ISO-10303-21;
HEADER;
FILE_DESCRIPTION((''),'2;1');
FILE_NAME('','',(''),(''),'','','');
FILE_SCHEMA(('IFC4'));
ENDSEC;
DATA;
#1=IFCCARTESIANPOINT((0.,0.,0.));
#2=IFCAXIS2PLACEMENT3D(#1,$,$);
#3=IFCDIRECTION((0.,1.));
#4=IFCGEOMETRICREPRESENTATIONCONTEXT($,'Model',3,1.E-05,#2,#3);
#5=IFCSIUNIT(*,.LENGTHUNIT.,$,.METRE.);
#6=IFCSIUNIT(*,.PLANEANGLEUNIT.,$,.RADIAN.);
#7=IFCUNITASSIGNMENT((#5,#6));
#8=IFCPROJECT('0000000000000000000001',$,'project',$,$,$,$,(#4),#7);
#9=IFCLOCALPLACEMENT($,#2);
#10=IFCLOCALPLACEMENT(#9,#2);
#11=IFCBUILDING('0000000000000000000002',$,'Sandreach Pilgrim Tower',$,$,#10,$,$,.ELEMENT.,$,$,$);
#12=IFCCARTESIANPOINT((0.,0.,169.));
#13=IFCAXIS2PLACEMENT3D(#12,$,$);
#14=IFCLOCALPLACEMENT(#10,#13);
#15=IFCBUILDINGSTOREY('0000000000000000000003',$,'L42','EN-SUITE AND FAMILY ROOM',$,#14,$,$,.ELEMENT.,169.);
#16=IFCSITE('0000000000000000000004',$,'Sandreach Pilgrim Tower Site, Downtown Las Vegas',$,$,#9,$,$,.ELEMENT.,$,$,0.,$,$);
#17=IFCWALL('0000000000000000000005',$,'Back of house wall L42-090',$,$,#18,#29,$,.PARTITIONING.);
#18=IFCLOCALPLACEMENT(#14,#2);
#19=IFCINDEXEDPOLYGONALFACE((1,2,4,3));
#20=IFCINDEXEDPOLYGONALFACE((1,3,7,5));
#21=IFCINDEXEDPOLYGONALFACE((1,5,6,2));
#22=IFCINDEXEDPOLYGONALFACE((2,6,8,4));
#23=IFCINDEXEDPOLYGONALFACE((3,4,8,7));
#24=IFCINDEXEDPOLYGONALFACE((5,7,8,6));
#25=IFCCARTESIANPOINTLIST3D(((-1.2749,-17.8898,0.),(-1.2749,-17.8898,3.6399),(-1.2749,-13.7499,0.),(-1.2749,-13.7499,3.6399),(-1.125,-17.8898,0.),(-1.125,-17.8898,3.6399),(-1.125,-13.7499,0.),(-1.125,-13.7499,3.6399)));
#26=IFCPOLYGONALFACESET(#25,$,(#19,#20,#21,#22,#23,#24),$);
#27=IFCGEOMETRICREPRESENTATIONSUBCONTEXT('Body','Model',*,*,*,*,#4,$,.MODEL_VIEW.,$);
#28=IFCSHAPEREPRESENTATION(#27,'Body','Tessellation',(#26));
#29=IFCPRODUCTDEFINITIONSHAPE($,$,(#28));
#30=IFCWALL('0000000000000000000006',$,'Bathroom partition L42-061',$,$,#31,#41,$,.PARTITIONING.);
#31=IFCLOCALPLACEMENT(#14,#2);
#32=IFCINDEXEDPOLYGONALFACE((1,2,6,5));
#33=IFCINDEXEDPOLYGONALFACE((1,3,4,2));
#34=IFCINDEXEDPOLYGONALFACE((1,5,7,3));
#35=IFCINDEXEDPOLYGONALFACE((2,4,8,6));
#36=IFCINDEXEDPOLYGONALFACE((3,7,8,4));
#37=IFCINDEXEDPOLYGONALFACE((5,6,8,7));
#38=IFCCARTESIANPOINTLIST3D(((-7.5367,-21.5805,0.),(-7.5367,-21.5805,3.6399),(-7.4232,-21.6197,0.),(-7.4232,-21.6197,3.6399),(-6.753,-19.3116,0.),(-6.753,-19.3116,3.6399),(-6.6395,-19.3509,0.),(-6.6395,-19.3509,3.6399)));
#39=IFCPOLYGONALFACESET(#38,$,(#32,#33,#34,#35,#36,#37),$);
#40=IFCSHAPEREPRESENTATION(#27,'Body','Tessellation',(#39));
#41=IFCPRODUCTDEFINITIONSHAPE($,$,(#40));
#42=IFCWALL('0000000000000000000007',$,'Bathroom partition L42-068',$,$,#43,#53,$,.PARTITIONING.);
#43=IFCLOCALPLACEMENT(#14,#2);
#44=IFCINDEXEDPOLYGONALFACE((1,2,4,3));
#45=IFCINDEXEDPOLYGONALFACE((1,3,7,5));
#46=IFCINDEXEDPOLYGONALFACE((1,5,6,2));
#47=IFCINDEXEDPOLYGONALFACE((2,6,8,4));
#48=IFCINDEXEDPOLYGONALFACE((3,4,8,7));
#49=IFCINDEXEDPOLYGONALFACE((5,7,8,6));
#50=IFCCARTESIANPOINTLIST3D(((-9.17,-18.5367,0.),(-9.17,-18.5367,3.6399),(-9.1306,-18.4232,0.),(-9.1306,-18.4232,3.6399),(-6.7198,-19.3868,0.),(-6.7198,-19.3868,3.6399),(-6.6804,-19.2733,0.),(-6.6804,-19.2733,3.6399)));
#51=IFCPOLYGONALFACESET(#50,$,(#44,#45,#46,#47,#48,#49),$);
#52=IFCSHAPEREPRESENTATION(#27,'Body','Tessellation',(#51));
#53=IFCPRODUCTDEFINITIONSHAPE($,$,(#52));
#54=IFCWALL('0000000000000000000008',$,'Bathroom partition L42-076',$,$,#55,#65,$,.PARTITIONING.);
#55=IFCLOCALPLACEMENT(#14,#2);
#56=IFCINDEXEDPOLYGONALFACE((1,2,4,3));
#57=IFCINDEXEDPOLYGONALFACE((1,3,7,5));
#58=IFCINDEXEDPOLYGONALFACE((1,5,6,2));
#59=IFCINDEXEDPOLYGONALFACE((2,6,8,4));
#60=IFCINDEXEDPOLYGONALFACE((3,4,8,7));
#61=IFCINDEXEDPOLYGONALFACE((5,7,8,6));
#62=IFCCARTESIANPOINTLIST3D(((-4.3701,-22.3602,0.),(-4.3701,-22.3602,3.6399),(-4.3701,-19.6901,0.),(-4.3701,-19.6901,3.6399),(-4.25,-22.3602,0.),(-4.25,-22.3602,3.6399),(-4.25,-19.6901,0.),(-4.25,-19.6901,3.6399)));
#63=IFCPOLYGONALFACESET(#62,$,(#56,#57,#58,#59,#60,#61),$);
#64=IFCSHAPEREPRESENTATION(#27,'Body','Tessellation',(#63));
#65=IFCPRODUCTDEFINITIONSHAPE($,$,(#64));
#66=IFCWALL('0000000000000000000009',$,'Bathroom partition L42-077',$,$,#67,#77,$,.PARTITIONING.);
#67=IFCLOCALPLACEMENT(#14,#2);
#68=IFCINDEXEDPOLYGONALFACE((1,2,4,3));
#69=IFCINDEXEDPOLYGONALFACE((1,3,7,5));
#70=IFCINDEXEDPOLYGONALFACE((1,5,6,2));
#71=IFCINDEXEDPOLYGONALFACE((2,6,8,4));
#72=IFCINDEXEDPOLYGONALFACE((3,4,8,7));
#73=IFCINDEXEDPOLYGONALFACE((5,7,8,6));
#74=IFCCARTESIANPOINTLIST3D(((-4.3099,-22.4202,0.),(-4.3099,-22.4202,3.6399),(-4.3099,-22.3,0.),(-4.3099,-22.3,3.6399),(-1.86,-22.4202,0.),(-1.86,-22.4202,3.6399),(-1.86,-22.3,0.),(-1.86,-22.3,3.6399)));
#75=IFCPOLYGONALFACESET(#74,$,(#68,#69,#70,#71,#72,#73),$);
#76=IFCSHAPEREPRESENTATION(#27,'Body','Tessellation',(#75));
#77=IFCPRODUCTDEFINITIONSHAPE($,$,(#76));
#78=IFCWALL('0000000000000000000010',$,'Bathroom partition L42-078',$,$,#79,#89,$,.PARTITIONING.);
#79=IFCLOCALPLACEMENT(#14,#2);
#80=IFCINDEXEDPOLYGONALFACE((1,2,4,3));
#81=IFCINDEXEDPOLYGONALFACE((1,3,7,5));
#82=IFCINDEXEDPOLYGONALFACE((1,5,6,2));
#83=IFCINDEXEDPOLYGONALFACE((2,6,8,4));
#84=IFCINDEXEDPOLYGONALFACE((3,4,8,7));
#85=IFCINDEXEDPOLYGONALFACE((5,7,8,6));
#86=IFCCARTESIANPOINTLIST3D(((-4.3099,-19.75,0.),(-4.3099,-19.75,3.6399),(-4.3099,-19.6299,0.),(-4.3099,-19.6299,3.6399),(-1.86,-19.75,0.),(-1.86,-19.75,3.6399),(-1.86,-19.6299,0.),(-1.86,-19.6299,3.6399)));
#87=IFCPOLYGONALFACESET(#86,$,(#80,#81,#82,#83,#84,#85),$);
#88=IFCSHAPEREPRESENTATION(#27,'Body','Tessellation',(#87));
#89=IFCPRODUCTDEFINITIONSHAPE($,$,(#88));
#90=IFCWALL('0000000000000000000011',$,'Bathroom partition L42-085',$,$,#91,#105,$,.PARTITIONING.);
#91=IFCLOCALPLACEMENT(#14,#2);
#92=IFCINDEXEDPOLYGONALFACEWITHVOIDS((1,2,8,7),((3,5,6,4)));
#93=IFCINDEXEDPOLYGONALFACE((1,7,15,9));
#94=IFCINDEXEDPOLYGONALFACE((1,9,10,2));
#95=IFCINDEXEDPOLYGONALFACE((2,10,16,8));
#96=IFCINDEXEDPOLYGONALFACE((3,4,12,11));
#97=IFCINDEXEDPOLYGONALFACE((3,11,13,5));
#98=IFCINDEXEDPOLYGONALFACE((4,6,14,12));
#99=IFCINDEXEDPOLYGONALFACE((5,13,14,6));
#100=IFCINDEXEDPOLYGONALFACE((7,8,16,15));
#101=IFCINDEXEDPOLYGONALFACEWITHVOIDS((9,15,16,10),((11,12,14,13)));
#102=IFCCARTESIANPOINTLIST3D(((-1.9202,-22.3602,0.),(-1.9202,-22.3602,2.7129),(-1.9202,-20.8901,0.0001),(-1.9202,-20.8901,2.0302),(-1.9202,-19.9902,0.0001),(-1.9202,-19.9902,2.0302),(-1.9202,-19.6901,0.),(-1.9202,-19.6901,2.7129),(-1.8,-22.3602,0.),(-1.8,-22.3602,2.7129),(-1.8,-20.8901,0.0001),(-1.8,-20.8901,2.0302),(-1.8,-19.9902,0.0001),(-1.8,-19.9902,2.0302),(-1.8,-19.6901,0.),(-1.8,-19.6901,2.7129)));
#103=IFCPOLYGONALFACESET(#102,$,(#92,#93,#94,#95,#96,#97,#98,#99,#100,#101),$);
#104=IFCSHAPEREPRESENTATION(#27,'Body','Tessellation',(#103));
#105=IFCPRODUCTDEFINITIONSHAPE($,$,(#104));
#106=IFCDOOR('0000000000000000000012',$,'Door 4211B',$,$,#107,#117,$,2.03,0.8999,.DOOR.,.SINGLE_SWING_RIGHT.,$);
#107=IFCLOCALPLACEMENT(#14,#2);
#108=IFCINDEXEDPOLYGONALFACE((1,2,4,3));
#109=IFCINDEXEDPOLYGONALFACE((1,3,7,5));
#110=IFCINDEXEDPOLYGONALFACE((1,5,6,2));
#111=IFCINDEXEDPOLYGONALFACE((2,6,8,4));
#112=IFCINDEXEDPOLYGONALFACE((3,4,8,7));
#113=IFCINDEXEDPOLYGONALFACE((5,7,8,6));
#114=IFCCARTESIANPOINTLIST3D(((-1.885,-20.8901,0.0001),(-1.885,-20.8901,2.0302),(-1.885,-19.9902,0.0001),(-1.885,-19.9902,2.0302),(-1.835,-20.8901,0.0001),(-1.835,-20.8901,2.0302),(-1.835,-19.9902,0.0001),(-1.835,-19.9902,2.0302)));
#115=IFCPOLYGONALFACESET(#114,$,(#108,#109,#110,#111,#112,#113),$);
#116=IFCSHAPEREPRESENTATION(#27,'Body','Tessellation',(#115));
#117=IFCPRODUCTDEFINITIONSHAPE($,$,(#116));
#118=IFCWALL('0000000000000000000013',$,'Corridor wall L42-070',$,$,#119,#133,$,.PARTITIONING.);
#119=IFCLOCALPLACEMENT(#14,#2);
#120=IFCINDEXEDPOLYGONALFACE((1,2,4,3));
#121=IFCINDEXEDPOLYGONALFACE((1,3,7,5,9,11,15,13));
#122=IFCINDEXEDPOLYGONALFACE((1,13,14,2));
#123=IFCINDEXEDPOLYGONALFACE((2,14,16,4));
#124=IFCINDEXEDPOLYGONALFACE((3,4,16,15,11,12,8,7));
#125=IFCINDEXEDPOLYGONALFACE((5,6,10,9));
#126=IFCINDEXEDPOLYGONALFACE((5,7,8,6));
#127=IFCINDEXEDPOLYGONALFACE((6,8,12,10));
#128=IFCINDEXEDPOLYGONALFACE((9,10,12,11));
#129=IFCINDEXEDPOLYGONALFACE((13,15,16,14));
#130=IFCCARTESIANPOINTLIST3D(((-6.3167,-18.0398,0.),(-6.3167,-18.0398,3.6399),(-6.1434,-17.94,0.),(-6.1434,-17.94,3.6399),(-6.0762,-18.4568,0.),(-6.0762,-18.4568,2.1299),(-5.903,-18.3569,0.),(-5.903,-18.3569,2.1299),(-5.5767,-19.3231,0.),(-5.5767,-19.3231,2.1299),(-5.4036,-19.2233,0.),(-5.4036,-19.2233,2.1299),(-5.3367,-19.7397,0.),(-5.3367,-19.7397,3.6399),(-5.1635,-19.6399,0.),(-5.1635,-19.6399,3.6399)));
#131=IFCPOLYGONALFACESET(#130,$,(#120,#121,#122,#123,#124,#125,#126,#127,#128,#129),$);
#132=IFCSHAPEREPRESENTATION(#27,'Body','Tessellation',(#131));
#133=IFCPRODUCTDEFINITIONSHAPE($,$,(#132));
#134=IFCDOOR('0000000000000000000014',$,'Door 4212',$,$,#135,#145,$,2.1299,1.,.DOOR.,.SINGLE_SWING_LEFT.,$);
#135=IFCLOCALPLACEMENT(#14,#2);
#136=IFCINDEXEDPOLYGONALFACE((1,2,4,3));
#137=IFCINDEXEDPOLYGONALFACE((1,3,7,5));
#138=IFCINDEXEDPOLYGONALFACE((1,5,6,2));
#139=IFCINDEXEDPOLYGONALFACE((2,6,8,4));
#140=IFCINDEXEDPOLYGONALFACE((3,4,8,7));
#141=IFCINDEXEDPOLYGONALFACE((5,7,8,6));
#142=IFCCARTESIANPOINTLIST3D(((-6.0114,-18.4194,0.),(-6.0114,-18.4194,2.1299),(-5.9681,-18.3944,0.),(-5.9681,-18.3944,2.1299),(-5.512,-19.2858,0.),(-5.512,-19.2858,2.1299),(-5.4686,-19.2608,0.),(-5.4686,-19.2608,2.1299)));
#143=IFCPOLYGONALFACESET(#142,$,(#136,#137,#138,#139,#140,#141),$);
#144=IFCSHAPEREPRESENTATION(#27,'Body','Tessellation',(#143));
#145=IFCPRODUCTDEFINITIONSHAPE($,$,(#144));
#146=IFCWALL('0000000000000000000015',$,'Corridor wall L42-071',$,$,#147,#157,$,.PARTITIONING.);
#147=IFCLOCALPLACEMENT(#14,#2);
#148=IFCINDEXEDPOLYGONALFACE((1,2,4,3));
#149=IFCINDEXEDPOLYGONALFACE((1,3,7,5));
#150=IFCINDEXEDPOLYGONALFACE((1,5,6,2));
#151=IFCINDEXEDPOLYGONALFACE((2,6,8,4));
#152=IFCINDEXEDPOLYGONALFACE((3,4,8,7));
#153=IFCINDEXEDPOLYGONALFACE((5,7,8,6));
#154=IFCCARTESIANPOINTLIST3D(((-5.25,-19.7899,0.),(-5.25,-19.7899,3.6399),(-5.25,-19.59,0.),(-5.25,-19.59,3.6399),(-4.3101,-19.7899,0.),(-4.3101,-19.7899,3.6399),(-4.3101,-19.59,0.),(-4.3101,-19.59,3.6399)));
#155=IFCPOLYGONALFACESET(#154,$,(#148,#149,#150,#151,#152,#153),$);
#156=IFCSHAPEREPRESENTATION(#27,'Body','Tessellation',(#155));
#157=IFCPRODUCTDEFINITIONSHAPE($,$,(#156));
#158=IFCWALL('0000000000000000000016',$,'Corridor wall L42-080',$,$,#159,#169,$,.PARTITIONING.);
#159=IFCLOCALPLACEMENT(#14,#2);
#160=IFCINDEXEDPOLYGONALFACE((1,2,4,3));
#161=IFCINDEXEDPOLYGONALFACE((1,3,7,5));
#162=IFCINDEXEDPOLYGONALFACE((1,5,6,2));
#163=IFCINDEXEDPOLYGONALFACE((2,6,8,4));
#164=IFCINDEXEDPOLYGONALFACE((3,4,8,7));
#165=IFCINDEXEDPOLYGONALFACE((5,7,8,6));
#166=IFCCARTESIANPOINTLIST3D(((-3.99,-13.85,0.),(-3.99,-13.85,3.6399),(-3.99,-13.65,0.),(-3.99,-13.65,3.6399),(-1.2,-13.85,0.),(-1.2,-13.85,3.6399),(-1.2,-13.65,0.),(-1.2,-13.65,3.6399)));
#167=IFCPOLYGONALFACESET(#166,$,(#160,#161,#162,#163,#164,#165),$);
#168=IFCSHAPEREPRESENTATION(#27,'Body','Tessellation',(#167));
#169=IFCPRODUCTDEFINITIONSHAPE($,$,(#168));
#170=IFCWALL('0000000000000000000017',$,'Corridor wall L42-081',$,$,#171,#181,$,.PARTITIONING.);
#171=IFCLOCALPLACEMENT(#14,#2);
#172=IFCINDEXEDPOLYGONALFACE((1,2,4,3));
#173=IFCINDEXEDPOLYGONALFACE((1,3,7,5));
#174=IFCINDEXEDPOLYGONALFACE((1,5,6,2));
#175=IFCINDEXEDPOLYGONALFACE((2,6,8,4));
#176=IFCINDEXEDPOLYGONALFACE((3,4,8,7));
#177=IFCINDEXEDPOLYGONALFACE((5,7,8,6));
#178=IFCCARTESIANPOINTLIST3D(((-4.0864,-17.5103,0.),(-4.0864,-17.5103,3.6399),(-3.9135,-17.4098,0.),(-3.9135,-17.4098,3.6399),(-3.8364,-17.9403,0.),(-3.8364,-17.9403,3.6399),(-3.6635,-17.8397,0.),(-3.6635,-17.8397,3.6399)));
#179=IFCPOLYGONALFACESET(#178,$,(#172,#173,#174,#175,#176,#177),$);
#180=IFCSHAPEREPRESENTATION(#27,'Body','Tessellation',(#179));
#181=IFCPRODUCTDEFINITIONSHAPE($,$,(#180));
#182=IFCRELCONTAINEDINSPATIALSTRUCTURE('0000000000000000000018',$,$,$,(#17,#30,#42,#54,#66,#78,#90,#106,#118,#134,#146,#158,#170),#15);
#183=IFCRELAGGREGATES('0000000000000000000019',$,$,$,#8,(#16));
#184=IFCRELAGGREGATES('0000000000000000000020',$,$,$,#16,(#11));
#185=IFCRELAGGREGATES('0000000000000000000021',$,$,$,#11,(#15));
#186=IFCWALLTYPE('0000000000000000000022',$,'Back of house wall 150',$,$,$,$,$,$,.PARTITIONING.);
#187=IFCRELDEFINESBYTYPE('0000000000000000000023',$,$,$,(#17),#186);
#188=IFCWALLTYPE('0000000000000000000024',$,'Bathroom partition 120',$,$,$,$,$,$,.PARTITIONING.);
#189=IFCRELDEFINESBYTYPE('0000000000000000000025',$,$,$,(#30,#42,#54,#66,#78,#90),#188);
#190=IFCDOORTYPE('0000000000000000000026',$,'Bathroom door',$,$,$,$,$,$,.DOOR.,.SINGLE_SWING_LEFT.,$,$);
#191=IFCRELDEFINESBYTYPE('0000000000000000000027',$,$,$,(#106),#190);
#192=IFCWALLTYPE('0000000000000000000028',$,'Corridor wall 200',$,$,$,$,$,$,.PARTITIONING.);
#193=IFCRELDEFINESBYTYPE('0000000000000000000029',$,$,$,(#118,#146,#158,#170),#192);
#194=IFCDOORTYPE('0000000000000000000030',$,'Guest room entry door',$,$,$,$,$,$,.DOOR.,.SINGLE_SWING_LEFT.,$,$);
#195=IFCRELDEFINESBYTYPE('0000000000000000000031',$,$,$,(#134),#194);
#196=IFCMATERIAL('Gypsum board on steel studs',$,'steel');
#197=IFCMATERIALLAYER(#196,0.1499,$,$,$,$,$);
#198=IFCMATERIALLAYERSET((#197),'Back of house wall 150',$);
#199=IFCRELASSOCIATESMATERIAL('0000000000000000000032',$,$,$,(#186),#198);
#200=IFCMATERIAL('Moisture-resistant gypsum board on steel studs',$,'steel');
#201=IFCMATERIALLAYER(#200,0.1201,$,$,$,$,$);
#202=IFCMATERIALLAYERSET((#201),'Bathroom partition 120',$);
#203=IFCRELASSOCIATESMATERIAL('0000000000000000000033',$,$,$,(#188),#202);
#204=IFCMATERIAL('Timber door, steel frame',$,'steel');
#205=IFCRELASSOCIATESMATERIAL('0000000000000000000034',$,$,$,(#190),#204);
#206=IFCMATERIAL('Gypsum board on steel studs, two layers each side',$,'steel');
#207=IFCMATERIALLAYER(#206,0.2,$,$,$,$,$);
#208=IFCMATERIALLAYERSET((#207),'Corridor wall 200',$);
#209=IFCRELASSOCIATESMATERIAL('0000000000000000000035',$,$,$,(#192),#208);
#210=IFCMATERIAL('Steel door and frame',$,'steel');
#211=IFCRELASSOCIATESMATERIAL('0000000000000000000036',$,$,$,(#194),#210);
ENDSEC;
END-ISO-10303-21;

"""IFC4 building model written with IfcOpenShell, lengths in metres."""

from ifc_helpers import new_model, si_unit, direction, frame, frame_2d, origin, place, context, subcontext, project, spatial, rectangle, extrude, material, layer, layer_set, type_object, element, fill, save


model = new_model("IFC4")

# Units and contexts
model_context = context("Model", 3, precision=1e-05, world=origin(), true_north=direction((0.0, 1.0)))
body_context = subcontext(model_context, "Body", "Model", "MODEL_VIEW")
ifc_project = project(units=[si_unit("LENGTHUNIT", "METRE"), si_unit("PLANEANGLEUNIT", "RADIAN")], contexts=[model_context])

# Site, building, storey
site_placement = place(None, origin())
site = spatial("IfcSite", under=ifc_project, at=site_placement, Name="Sandreach Pilgrim Tower Site, Downtown Las Vegas", CompositionType="ELEMENT", RefElevation=0.0)
building_placement = place(site_placement, origin())
building = spatial("IfcBuilding", under=site, at=building_placement, Name="Sandreach Pilgrim Tower", CompositionType="ELEMENT")
storey_placement = place(building_placement, frame((0.0, 0.0, 169.0)))
storey = spatial("IfcBuildingStorey", under=building, at=storey_placement, Name="L42", Description="EN-SUITE AND FAMILY ROOM", CompositionType="ELEMENT", Elevation=169.0)

# Walls
ifc_material_1 = material(Name="Gypsum board on steel studs", Category="steel")
ifc_layer_1 = layer(ifc_material_1, 0.1499)
ifc_layer_set_1 = layer_set([ifc_layer_1], Name="Back of house wall 150")
wall_type_1 = type_object("IfcWallType", Name="Back of house wall 150", PredefinedType="PARTITIONING", material=ifc_layer_set_1)
wall_1_placement = place(storey_placement, frame((-1.2, -13.75, 0.0), z_axis=(0.0, 0.0, 1.0), x_axis=(0.0, -1.0, 0.0)))
element("IfcWall", 1, at=wall_1_placement, inside=storey, type_object=wall_type_1, Name="Back of house wall L42-090", PredefinedType="PARTITIONING", context=body_context, shape_type="SweptSolid", body=[
    extrude(rectangle(XDim=4.1399, YDim=0.1499, at=frame_2d((2.0698, 0.0))), origin(), (0.0, 0.0, 1.0), 3.6399),
])
ifc_material_2 = material(Name="Moisture-resistant gypsum board on steel studs", Category="steel")
ifc_layer_2 = layer(ifc_material_2, 0.1201)
ifc_layer_set_2 = layer_set([ifc_layer_2], Name="Bathroom partition 120")
wall_type_2 = type_object("IfcWallType", Name="Bathroom partition 120", PredefinedType="PARTITIONING", material=ifc_layer_set_2)
wall_2_placement = place(storey_placement, frame((-7.48, -21.6001, 0.0), z_axis=(0.0, 0.0, 1.0), x_axis=(0.326492, 0.9452, 0.0)))
element("IfcWall", 2, at=wall_2_placement, inside=storey, type_object=wall_type_2, Name="Bathroom partition L42-061", PredefinedType="PARTITIONING", context=body_context, shape_type="SweptSolid", body=[
    extrude(rectangle(XDim=2.4004, YDim=0.1201, at=frame_2d((1.2002, 0.0))), origin(), (0.0, 0.0, 1.0), 3.6399),
])
wall_3_placement = place(storey_placement, frame((-6.7, -19.3301, 0.0), z_axis=(0.0, 0.0, 1.0), x_axis=(-0.944753, 0.327783, 0.0)))
element("IfcWall", 3, at=wall_3_placement, inside=storey, type_object=wall_type_2, Name="Bathroom partition L42-068", PredefinedType="PARTITIONING", context=body_context, shape_type="SweptSolid", body=[
    extrude(rectangle(XDim=2.5935, YDim=0.1201, at=frame_2d((1.2969, 0.0))), origin(), (0.0, 0.0, 1.0), 3.6399),
])
wall_4_placement = place(storey_placement, frame((-4.3101, -22.3601, 0.0), z_axis=(0.0, 0.0, 1.0), x_axis=(0.0, 1.0, 0.0)))
element("IfcWall", 4, at=wall_4_placement, inside=storey, type_object=wall_type_2, Name="Bathroom partition L42-076", PredefinedType="PARTITIONING", context=body_context, shape_type="SweptSolid", body=[
    extrude(rectangle(XDim=2.6702, YDim=0.1201, at=frame_2d((1.335, 0.0))), origin(), (0.0, 0.0, 1.0), 3.6399),
])
for number, where, z_axis, x_axis, name in (
    (5, (-4.3101, -22.3601, 0.0), (0.0, 0.0, 1.0), (1.0, 0.0, 0.0), "Bathroom partition L42-077"),
    (6, (-4.3101, -19.6899, 0.0), (0.0, 0.0, 1.0), (1.0, 0.0, 0.0), "Bathroom partition L42-078"),
):
    element("IfcWall", number, at=place(storey_placement, frame(where, z_axis=z_axis, x_axis=x_axis)), inside=storey, type_object=wall_type_2, Name=name, PredefinedType="PARTITIONING", context=body_context, shape_type="SweptSolid", body=[
        extrude(rectangle(XDim=2.45, YDim=0.1201, at=frame_2d((1.2251, 0.0))), origin(), (0.0, 0.0, 1.0), 3.6399),
    ])

# Walls, openings, doors
wall_5_placement = place(storey_placement, frame((-1.8601, -22.3601, 0.0), z_axis=(0.0, 0.0, 1.0), x_axis=(0.0, 1.0, 0.0)))
wall_5 = element("IfcWall", 7, at=wall_5_placement, inside=storey, type_object=wall_type_2, Name="Bathroom partition L42-085", PredefinedType="PARTITIONING", context=body_context, shape_type="SweptSolid", body=[
    extrude(rectangle(XDim=2.6702, YDim=0.1201, at=frame_2d((1.335, 0.0))), origin(), (0.0, 0.0, 1.0), 2.7129),
])
opening_1_placement = place(wall_5_placement, frame((1.47, 0.0, 0.0)))
opening_1 = element("IfcOpeningElement", 8, at=opening_1_placement, cuts=wall_5, PredefinedType="OPENING", context=body_context, shape_type="SweptSolid", body=[
    extrude(rectangle(XDim=0.8999, YDim=2.03, at=frame_2d((0.45, 1.0151))), frame((0.0, 0.0601, 0.0), z_axis=(0.0, -1.0, 0.0), x_axis=(1.0, 0.0, 0.0)), (0.0, 0.0, 1.0), 0.1201),
])
ifc_material_3 = material(Name="Timber door, steel frame", Category="steel")
door_type_1 = type_object("IfcDoorType", Name="Bathroom door", OperationType="SINGLE_SWING_LEFT", PredefinedType="DOOR", material=ifc_material_3)
door_1_placement = place(opening_1_placement, origin())
door_1 = element("IfcDoor", 9, at=door_1_placement, inside=storey, type_object=door_type_1, Name="Door 4211B", OperationType="SINGLE_SWING_RIGHT", OverallHeight=2.03, OverallWidth=0.8999, PredefinedType="DOOR", context=body_context, shape_type="SweptSolid", body=[
    extrude(rectangle(XDim=0.8999, YDim=2.03, at=frame_2d((0.45, 1.0151))), frame((0.0, 0.0249, 0.0), z_axis=(0.0, -1.0, 0.0), x_axis=(1.0, 0.0, 0.0)), (0.0, 0.0, 1.0), 0.05),
])
fill(opening_1, door_1)
ifc_material_4 = material(Name="Gypsum board on steel studs, two layers each side", Category="steel")
ifc_layer_3 = layer(ifc_material_4, 0.2)
ifc_layer_set_3 = layer_set([ifc_layer_3], Name="Corridor wall 200")
wall_type_3 = type_object("IfcWallType", Name="Corridor wall 200", PredefinedType="PARTITIONING", material=ifc_layer_set_3)
ifc_material_5 = material(Name="Steel door and frame", Category="steel")
door_type_2 = type_object("IfcDoorType", Name="Guest room entry door", OperationType="SINGLE_SWING_LEFT", PredefinedType="DOOR", material=ifc_material_5)
wall_6_placement = place(storey_placement, frame((-6.23, -17.99, 0.0), z_axis=(0.0, 0.0, 1.0), x_axis=(0.499432, -0.866353, 0.0)))
wall_6 = element("IfcWall", 10, at=wall_6_placement, inside=storey, type_object=wall_type_3, Name="Corridor wall L42-070", PredefinedType="PARTITIONING", context=body_context, shape_type="SweptSolid", body=[
    extrude(rectangle(XDim=1.9622, YDim=0.2, at=frame_2d((0.981, 0.0))), origin(), (0.0, 0.0, 1.0), 3.6399),
])
opening_2_placement = place(wall_6_placement, frame((0.4812, 0.0, 0.0)))
opening_2 = element("IfcOpeningElement", 11, at=opening_2_placement, cuts=wall_6, PredefinedType="OPENING", context=body_context, shape_type="SweptSolid", body=[
    extrude(rectangle(XDim=1.0, YDim=2.1299, at=frame_2d((0.5, 1.0649))), frame((0.0, 0.1001, 0.0), z_axis=(0.0, -1.0, 0.0), x_axis=(1.0, 0.0, 0.0)), (0.0, 0.0, 1.0), 0.2),
])
door_2_placement = place(opening_2_placement, origin())
door_2 = element("IfcDoor", 12, at=door_2_placement, inside=storey, type_object=door_type_2, Name="Door 4212", OperationType="SINGLE_SWING_LEFT", OverallHeight=2.1299, OverallWidth=1.0, PredefinedType="DOOR", context=body_context, shape_type="SweptSolid", body=[
    extrude(rectangle(XDim=1.0, YDim=2.1299, at=frame_2d((0.5, 1.0649))), frame((0.0, 0.0249, 0.0), z_axis=(0.0, -1.0, 0.0), x_axis=(1.0, 0.0, 0.0)), (0.0, 0.0, 1.0), 0.05),
])
fill(opening_2, door_2)

# Wall
wall_7_placement = place(storey_placement, frame((-5.25, -19.6899, 0.0), z_axis=(0.0, 0.0, 1.0), x_axis=(1.0, 0.0, 0.0)))
element("IfcWall", 13, at=wall_7_placement, inside=storey, type_object=wall_type_3, Name="Corridor wall L42-071", PredefinedType="PARTITIONING", context=body_context, shape_type="SweptSolid", body=[
    extrude(rectangle(XDim=0.9399, YDim=0.2, at=frame_2d((0.47, 0.0))), origin(), (0.0, 0.0, 1.0), 3.6399),
])

# Walls
wall_8_placement = place(storey_placement, frame((-3.99, -13.75, 0.0), z_axis=(0.0, 0.0, 1.0), x_axis=(1.0, 0.0, 0.0)))
element("IfcWall", 14, at=wall_8_placement, inside=storey, type_object=wall_type_3, Name="Corridor wall L42-080", PredefinedType="PARTITIONING", context=body_context, shape_type="SweptSolid", body=[
    extrude(rectangle(XDim=2.79, YDim=0.2, at=frame_2d((1.395, 0.0))), origin(), (0.0, 0.0, 1.0), 3.6399),
])
wall_9_placement = place(storey_placement, frame((-3.75, -17.8899, 0.0), z_axis=(0.0, 0.0, 1.0), x_axis=(-0.50268, 0.864472, 0.0)))
element("IfcWall", 15, at=wall_9_placement, inside=storey, type_object=wall_type_3, Name="Corridor wall L42-081", PredefinedType="PARTITIONING", context=body_context, shape_type="SweptSolid", body=[
    extrude(rectangle(XDim=0.4973, YDim=0.2, at=frame_2d((0.2485, 0.0))), origin(), (0.0, 0.0, 1.0), 3.6399),
])

save(model, "model.ifc")
